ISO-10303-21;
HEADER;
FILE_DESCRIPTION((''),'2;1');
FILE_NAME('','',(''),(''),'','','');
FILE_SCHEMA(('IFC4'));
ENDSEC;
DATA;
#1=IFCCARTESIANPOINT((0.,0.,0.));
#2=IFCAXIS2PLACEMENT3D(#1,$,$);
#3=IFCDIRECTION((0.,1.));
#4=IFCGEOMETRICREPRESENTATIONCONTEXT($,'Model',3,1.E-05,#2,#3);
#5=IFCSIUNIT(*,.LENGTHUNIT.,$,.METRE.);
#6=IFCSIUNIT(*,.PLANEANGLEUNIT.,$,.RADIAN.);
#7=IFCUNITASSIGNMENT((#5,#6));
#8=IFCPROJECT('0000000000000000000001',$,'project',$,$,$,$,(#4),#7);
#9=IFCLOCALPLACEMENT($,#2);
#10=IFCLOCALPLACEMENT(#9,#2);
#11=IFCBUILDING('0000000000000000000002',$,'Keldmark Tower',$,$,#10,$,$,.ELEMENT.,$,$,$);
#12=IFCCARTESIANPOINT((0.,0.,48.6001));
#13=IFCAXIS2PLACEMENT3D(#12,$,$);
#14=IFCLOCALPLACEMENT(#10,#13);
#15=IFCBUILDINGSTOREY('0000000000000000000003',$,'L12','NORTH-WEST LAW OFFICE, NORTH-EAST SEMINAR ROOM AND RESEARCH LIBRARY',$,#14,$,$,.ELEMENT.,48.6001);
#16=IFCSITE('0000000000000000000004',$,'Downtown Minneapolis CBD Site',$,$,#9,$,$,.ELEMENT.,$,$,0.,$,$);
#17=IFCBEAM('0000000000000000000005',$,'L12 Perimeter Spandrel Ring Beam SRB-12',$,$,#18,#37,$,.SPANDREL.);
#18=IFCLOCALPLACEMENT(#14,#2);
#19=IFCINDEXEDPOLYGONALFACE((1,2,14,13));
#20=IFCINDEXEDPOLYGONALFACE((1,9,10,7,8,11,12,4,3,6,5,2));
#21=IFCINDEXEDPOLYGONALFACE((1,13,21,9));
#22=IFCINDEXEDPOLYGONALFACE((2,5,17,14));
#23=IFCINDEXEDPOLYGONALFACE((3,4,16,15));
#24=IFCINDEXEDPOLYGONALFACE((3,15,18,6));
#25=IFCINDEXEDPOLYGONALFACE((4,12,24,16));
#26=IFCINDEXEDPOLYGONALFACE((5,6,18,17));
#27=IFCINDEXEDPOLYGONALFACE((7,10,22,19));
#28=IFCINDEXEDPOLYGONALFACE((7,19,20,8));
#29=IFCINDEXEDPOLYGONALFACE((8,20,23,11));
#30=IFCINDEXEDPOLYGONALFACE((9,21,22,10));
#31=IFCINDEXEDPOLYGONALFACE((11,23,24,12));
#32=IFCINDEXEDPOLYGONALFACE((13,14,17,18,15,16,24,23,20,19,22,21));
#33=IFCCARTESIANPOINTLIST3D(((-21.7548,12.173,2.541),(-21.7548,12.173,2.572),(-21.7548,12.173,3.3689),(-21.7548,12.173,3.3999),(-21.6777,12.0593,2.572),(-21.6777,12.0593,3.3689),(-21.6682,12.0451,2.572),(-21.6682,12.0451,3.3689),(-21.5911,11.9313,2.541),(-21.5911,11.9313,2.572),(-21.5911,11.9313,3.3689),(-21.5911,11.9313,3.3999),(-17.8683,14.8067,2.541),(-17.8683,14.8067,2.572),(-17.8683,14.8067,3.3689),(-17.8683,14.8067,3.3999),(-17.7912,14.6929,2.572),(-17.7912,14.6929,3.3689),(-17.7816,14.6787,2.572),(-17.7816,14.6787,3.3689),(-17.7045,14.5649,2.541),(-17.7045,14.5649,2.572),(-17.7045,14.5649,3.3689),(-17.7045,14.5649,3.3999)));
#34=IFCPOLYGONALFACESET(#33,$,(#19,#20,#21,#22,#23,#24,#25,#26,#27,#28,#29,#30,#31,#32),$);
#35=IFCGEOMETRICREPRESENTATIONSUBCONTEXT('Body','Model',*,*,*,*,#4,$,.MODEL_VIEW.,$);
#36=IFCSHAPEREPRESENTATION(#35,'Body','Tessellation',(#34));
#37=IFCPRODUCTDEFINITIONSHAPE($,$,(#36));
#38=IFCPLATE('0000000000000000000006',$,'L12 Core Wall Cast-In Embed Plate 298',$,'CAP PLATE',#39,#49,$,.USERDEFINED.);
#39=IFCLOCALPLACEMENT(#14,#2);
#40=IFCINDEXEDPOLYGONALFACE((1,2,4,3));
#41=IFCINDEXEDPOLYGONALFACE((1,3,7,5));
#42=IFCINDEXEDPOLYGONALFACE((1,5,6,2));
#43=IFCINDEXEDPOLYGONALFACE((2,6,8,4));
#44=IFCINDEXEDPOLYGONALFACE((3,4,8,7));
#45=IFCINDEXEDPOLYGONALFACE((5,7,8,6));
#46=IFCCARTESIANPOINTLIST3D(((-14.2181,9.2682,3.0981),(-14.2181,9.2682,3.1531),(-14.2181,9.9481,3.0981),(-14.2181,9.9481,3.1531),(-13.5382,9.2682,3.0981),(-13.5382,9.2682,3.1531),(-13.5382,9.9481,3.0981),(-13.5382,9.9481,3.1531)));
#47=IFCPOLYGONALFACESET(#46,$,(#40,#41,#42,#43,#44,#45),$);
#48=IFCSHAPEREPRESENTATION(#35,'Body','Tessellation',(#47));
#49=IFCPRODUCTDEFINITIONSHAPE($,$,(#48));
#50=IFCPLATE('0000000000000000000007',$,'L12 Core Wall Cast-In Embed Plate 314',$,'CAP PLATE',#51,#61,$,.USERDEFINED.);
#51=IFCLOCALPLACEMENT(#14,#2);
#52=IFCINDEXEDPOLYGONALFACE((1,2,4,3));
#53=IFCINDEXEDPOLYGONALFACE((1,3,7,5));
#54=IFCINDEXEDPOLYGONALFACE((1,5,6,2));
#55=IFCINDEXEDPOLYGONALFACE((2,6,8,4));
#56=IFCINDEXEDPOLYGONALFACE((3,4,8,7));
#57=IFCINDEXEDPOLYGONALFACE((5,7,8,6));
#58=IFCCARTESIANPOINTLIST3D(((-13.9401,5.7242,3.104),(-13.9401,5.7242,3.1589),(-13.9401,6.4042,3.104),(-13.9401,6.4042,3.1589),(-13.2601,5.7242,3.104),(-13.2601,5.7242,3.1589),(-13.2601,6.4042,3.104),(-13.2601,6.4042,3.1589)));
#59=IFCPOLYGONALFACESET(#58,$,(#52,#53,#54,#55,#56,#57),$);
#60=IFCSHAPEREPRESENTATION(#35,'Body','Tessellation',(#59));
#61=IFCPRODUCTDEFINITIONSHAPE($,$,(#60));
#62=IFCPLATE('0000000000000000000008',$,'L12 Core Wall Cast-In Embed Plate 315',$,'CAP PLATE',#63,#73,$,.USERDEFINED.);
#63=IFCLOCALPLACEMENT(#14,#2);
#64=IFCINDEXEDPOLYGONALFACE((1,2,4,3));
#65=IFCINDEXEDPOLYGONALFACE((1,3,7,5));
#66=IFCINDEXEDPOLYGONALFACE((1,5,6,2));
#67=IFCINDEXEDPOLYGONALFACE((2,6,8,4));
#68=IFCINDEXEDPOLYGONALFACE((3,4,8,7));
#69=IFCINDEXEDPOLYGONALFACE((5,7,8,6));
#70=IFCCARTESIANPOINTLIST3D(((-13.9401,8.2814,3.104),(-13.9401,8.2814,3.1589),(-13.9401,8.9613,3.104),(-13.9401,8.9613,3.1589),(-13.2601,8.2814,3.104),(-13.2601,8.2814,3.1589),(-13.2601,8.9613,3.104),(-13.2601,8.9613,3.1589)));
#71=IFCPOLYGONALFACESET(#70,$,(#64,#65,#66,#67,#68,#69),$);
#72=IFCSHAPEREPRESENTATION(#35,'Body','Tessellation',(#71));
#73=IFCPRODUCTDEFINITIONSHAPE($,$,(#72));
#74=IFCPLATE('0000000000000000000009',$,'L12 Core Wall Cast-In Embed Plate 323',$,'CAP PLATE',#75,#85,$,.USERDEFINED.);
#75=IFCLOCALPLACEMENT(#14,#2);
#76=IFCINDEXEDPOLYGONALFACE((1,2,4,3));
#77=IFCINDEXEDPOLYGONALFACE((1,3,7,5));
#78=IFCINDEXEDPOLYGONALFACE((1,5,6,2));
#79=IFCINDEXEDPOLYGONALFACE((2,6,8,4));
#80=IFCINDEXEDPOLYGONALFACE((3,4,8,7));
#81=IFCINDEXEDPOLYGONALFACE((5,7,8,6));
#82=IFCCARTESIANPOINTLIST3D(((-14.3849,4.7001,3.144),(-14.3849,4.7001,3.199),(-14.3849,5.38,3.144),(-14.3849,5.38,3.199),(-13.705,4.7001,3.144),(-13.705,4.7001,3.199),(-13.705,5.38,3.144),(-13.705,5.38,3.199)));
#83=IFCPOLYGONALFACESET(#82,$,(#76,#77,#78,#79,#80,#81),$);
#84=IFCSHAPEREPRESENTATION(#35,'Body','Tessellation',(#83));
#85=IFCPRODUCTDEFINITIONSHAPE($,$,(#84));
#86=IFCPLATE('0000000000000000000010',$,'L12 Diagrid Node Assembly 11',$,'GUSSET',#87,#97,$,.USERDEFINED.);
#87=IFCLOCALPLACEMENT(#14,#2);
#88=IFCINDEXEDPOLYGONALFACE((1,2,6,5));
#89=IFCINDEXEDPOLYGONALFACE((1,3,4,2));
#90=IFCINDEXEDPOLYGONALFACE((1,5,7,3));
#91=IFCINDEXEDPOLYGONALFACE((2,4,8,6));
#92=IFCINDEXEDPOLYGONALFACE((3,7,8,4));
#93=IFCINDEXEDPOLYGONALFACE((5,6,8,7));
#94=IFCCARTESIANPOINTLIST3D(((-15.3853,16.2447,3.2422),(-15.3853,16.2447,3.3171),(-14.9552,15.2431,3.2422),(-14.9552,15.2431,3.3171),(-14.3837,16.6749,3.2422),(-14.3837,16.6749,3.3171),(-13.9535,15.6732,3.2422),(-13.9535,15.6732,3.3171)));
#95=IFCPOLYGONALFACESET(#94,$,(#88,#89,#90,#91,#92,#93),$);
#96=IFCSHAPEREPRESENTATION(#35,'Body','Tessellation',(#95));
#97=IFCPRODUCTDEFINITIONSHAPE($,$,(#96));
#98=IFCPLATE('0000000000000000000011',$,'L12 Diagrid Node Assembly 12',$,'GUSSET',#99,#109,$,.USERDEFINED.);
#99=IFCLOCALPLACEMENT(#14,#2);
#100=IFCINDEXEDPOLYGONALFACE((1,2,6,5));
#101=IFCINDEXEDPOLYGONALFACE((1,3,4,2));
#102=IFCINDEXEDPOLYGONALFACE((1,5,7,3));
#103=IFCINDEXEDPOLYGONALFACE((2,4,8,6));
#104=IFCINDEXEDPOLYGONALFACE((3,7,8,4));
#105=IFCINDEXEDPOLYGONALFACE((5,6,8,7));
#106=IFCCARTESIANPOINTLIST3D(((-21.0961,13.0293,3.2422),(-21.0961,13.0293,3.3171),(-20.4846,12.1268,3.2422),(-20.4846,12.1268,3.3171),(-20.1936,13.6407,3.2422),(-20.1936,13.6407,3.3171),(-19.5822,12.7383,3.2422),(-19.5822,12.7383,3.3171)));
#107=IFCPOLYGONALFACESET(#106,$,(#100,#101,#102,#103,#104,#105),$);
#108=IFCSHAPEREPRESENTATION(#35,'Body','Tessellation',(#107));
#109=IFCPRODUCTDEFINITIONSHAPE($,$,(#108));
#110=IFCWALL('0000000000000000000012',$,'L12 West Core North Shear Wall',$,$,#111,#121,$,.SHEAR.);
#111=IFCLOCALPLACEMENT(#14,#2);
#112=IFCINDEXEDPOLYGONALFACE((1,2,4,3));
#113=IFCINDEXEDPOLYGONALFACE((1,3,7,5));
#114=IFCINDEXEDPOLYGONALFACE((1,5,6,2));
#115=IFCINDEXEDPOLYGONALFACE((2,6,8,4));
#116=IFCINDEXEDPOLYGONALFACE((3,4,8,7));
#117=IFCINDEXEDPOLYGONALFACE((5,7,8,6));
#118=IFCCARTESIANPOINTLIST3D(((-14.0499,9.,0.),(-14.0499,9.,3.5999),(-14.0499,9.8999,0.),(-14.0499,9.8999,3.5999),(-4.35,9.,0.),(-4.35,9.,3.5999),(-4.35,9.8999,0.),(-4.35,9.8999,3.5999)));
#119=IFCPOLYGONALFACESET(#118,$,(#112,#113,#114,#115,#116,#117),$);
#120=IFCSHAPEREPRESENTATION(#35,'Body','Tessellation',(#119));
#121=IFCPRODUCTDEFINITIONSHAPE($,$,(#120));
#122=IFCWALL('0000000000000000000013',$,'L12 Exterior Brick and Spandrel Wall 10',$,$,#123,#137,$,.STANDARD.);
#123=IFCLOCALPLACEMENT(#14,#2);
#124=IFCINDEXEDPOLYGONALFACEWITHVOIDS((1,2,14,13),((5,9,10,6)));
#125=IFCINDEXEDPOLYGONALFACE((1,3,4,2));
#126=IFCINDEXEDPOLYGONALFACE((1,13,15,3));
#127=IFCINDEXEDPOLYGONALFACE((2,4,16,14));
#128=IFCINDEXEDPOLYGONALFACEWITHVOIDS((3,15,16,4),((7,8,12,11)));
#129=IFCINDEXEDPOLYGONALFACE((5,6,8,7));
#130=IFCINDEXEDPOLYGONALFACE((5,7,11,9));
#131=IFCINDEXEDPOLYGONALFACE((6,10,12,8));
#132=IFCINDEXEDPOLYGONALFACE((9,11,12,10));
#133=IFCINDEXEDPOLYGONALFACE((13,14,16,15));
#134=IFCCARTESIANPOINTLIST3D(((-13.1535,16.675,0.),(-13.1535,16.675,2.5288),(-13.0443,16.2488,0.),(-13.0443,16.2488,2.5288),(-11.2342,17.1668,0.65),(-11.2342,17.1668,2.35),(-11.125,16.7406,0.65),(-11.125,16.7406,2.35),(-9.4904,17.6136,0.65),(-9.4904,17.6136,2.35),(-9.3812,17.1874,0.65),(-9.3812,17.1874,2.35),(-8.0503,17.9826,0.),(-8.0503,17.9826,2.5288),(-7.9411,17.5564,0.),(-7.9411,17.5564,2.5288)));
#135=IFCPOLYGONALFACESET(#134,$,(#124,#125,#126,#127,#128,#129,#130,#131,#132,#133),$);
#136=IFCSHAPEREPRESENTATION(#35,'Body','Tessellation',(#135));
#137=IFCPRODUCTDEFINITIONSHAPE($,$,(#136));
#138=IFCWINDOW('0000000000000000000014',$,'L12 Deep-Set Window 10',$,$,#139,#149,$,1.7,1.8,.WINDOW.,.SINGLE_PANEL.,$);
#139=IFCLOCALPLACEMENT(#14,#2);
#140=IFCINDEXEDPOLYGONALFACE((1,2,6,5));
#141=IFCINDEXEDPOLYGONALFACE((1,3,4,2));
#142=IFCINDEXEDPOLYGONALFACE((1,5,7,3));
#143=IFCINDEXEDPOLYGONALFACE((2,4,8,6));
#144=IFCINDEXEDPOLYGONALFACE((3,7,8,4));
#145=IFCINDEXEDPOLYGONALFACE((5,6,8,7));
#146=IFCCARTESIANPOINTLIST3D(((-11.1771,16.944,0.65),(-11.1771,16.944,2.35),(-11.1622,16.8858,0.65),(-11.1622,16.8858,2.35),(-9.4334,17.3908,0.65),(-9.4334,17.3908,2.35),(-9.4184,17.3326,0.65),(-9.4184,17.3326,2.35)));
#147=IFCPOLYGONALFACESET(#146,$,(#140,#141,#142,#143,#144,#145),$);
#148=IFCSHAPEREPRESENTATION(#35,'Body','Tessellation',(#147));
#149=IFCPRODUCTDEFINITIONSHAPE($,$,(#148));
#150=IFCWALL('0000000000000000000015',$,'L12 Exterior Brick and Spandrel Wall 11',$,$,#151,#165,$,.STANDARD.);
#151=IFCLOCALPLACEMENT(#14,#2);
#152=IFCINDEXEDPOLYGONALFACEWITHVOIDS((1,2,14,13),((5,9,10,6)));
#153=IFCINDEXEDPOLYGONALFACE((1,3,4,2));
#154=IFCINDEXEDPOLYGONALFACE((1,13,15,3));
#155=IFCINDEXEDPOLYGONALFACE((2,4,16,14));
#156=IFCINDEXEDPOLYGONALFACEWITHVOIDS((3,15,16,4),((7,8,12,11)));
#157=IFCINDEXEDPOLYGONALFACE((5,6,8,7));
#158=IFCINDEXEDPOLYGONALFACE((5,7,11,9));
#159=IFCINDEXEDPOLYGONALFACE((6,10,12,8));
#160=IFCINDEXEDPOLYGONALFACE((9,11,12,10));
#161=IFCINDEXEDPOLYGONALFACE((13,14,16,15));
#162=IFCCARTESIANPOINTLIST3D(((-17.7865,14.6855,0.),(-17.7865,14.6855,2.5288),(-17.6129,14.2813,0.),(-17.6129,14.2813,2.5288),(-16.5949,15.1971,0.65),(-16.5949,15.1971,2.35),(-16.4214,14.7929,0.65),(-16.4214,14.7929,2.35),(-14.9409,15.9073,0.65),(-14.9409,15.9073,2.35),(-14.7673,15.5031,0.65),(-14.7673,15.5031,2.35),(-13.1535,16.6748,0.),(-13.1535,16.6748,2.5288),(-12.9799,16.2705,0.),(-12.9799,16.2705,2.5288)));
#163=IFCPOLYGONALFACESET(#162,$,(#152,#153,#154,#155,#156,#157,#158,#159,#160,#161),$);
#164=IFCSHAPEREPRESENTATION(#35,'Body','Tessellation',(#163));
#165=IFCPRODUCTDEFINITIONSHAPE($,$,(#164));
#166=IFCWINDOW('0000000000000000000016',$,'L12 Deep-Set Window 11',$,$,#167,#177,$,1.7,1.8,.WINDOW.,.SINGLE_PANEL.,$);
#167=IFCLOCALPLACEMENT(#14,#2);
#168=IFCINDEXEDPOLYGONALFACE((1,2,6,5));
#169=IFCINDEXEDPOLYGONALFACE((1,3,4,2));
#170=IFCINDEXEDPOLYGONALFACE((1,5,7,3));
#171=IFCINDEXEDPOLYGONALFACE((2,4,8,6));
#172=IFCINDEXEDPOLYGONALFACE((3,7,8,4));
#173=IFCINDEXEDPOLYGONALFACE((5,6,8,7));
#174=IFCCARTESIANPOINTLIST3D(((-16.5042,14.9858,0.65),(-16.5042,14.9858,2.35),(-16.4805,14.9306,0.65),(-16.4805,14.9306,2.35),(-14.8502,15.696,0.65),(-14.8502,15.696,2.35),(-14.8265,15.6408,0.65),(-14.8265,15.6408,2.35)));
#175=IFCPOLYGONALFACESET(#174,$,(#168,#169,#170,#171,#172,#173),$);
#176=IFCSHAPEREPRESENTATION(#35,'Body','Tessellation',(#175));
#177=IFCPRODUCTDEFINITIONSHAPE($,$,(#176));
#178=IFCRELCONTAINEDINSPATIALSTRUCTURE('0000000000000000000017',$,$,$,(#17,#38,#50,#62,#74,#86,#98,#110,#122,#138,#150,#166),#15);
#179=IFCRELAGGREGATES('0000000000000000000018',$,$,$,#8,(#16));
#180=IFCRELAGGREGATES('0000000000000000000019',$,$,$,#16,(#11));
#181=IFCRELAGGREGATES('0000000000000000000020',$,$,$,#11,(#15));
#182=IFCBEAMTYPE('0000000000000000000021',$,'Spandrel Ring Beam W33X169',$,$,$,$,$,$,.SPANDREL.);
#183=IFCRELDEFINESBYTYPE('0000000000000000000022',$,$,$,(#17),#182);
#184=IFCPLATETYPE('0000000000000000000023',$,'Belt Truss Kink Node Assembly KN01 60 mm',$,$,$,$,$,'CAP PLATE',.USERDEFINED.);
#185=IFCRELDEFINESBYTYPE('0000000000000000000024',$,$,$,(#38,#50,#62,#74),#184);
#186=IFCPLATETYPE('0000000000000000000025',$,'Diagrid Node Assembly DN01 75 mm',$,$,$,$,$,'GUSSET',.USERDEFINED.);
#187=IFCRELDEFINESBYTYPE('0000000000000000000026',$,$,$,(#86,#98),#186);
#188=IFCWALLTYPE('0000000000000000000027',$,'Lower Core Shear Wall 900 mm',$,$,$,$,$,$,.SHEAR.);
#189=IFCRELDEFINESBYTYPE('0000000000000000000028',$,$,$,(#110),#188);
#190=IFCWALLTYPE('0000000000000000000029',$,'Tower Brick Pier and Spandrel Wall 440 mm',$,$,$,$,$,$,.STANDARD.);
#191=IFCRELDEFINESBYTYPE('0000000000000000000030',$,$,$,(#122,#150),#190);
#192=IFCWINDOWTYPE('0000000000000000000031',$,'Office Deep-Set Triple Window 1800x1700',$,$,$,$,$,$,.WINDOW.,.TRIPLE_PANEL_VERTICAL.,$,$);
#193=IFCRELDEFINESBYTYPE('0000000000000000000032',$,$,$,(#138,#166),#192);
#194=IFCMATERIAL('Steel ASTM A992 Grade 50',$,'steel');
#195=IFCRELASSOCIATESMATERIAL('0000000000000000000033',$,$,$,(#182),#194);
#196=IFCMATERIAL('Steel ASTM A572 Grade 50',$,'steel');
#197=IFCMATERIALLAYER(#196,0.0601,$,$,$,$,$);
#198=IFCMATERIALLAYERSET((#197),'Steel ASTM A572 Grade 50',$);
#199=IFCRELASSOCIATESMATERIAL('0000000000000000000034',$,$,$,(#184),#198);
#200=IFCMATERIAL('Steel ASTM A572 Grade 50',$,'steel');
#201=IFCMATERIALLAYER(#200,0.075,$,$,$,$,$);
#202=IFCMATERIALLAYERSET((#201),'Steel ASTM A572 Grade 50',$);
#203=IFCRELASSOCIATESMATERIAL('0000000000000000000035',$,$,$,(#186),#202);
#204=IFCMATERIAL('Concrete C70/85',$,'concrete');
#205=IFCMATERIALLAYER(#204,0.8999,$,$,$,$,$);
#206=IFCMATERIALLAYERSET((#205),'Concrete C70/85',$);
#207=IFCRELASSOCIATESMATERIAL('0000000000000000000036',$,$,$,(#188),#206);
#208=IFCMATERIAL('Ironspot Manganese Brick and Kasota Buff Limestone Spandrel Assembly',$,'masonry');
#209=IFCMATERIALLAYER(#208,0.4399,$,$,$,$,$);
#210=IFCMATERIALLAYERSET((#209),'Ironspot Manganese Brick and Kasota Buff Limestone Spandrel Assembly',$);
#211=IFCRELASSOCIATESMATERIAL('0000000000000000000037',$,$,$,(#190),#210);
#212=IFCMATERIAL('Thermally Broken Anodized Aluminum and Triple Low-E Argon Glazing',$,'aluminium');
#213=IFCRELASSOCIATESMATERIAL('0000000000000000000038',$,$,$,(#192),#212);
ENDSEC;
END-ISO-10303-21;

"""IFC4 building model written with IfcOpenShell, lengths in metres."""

from ifc_helpers import new_model, si_unit, direction, frame, frame_2d, origin, origin_2d, place, context, subcontext, project, spatial, rectangle, i_section, extrude, material, layer, layer_set, material_profile, profile_set, type_object, element, fill, save


model = new_model("IFC4")

# Units and contexts
model_context = context("Model", 3, precision=1e-05, world=origin(), true_north=direction((0.0, 1.0)))
body_context = subcontext(model_context, "Body", "Model", "MODEL_VIEW")
ifc_project = project(units=[si_unit("LENGTHUNIT", "METRE"), si_unit("PLANEANGLEUNIT", "RADIAN")], contexts=[model_context])

# Site, building, storey
site_placement = place(None, origin())
site = spatial("IfcSite", under=ifc_project, at=site_placement, Name="Downtown Minneapolis CBD Site", CompositionType="ELEMENT", RefElevation=0.0)
building_placement = place(site_placement, origin())
building = spatial("IfcBuilding", under=site, at=building_placement, Name="Keldmark Tower", CompositionType="ELEMENT")
storey_placement = place(building_placement, frame((0.0, 0.0, 48.6001)))
storey = spatial("IfcBuildingStorey", under=building, at=storey_placement, Name="L12", Description="NORTH-WEST LAW OFFICE, NORTH-EAST SEMINAR ROOM AND RESEARCH LIBRARY", CompositionType="ELEMENT", Elevation=48.6001)

# Beam
ifc_material_1 = material(Name="Steel ASTM A992 Grade 50", Category="steel")
ifc_material_profile_1 = material_profile(ifc_material_1, i_section(OverallWidth=0.292, OverallDepth=0.8589, WebThickness=0.0171, FlangeThickness=0.031, at=origin_2d()), Name="W33X169")
ifc_profile_set_1 = profile_set([ifc_material_profile_1], Name="Steel ASTM A992 Grade 50")
beam_type_1 = type_object("IfcBeamType", Name="Spandrel Ring Beam W33X169", PredefinedType="SPANDREL", material=ifc_profile_set_1)
beam_1_placement = place(storey_placement, frame((-17.7864, 14.6858, 2.9705), z_axis=(-0.827842, -0.560961, 0.0), x_axis=(0.560961, -0.827842, 0.0)))
element("IfcBeam", 1, at=beam_1_placement, inside=storey, type_object=beam_type_1, Name="L12 Perimeter Spandrel Ring Beam SRB-12", PredefinedType="SPANDREL", context=body_context, shape_type="SweptSolid", body=[
    extrude(i_section(OverallWidth=0.292, OverallDepth=0.8589, WebThickness=0.0171, FlangeThickness=0.031, at=origin_2d()), origin(), (0.0, 0.0, 1.0), 4.6948),
])

# Plates
ifc_material_2 = material(Name="Steel ASTM A572 Grade 50", Category="steel")
ifc_layer_1 = layer(ifc_material_2, 0.0601)
ifc_layer_set_1 = layer_set([ifc_layer_1], Name="Steel ASTM A572 Grade 50")
plate_type_1 = type_object("IfcPlateType", Name="Belt Truss Kink Node Assembly KN01 60 mm", ElementType="CAP PLATE", PredefinedType="USERDEFINED", material=ifc_layer_set_1)
for number, where, z_axis, x_axis, name in (
    (2, (-13.8782, 9.6082, 3.0981), (0.0, 0.0, 1.0), (1.0, 0.0, 0.0), "L12 Core Wall Cast-In Embed Plate 298"),
    (3, (-13.6001, 6.0642, 3.104), (0.0, 0.0, 1.0), (1.0, 0.0, 0.0), "L12 Core Wall Cast-In Embed Plate 314"),
    (4, (-13.6001, 8.6213, 3.104), (0.0, 0.0, 1.0), (1.0, 0.0, 0.0), "L12 Core Wall Cast-In Embed Plate 315"),
    (5, (-14.0449, 5.04, 3.144), (0.0, 0.0, 1.0), (1.0, 0.0, 0.0), "L12 Core Wall Cast-In Embed Plate 323"),
):
    element("IfcPlate", number, at=place(storey_placement, frame(where, z_axis=z_axis, x_axis=x_axis)), inside=storey, type_object=plate_type_1, Name=name, ObjectType="CAP PLATE", PredefinedType="USERDEFINED", context=body_context, shape_type="SweptSolid", body=[
        extrude(rectangle(XDim=0.6799, YDim=0.6799, at=origin_2d()), origin(), (0.0, 0.0, 1.0), 0.0549),
    ])
ifc_material_3 = material(Name="Steel ASTM A572 Grade 50", Category="steel")
ifc_layer_2 = layer(ifc_material_3, 0.075)
ifc_layer_set_2 = layer_set([ifc_layer_2], Name="Steel ASTM A572 Grade 50")
plate_type_2 = type_object("IfcPlateType", Name="Diagrid Node Assembly DN01 75 mm", ElementType="GUSSET", PredefinedType="USERDEFINED", material=ifc_layer_set_2)
for number, where, z_axis, x_axis, name in (
    (6, (-14.6694, 15.959, 3.2422), (0.0, 0.0, 1.0), (-0.91886, -0.394583, 0.0), "L12 Diagrid Node Assembly 11"),
    (7, (-20.3391, 12.8838, 3.2422), (0.0, 0.0, 1.0), (-0.827865, -0.560928, 0.0), "L12 Diagrid Node Assembly 12"),
):
    element("IfcPlate", number, at=place(storey_placement, frame(where, z_axis=z_axis, x_axis=x_axis)), inside=storey, type_object=plate_type_2, Name=name, ObjectType="GUSSET", PredefinedType="USERDEFINED", context=body_context, shape_type="SweptSolid", body=[
        extrude(rectangle(XDim=1.0901, YDim=1.0901, at=origin_2d()), origin(), (0.0, 0.0, 1.0), 0.075),
    ])

# Wall
ifc_material_4 = material(Name="Concrete C70/85", Category="concrete")
ifc_layer_3 = layer(ifc_material_4, 0.8999)
ifc_layer_set_3 = layer_set([ifc_layer_3], Name="Concrete C70/85")
wall_type_1 = type_object("IfcWallType", Name="Lower Core Shear Wall 900 mm", PredefinedType="SHEAR", material=ifc_layer_set_3)
wall_1_placement = place(storey_placement, frame((-14.05, 9.45, 0.0), z_axis=(0.0, 0.0, 1.0), x_axis=(1.0, 0.0, 0.0)))
element("IfcWall", 8, at=wall_1_placement, inside=storey, type_object=wall_type_1, Name="L12 West Core North Shear Wall", PredefinedType="SHEAR", context=body_context, shape_type="SweptSolid", body=[
    extrude(rectangle(XDim=9.7, YDim=0.8999, at=frame_2d((4.8501, 0.0))), origin(), (0.0, 0.0, 1.0), 3.5999),
])

# Walls, openings, windows
ifc_material_5 = material(Name="Ironspot Manganese Brick and Kasota Buff Limestone Spandrel Assembly", Category="masonry")
ifc_layer_4 = layer(ifc_material_5, 0.4399)
ifc_layer_set_4 = layer_set([ifc_layer_4], Name="Ironspot Manganese Brick and Kasota Buff Limestone Spandrel Assembly")
wall_type_2 = type_object("IfcWallType", Name="Tower Brick Pier and Spandrel Wall 440 mm", PredefinedType="STANDARD", material=ifc_layer_set_4)
wall_2_placement = place(storey_placement, frame((-13.0989, 16.4619, 0.0), z_axis=(0.0, 0.0, 1.0), x_axis=(0.968706, 0.248213, 0.0)))
wall_2 = element("IfcWall", 9, at=wall_2_placement, inside=storey, type_object=wall_type_2, Name="L12 Exterior Brick and Spandrel Wall 10", PredefinedType="STANDARD", context=body_context, shape_type="SweptSolid", body=[
    extrude(rectangle(XDim=5.2681, YDim=0.4399, at=frame_2d((2.634, 0.0))), origin(), (0.0, 0.0, 1.0), 2.5288),
])
opening_1_placement = place(wall_2_placement, frame((1.9814, 0.0, 0.6499)))
opening_1 = element("IfcOpeningElement", 10, at=opening_1_placement, cuts=wall_2, PredefinedType="OPENING", context=body_context, shape_type="SweptSolid", body=[
    extrude(rectangle(XDim=1.8, YDim=1.7, at=frame_2d((0.8999, 0.8501))), frame((0.0, 0.23, 0.0), z_axis=(0.0, -1.0, 0.0), x_axis=(1.0, 0.0, 0.0)), (0.0, 0.0, 1.0), 0.46),
])
ifc_material_6 = material(Name="Thermally Broken Anodized Aluminum and Triple Low-E Argon Glazing", Category="aluminium")
window_type = type_object("IfcWindowType", Name="Office Deep-Set Triple Window 1800x1700", PartitioningType="TRIPLE_PANEL_VERTICAL", PredefinedType="WINDOW", material=ifc_material_6)
window_1_placement = place(opening_1_placement, origin())
window_1 = element("IfcWindow", 11, at=window_1_placement, inside=storey, type_object=window_type, Name="L12 Deep-Set Window 10", OverallHeight=1.7, OverallWidth=1.8, PartitioningType="SINGLE_PANEL", PredefinedType="WINDOW", context=body_context, shape_type="SweptSolid", body=[
    extrude(rectangle(XDim=1.8, YDim=1.7, at=frame_2d((0.8999, 0.8501))), frame((0.0, -0.01, 0.0), z_axis=(0.0, -1.0, 0.0), x_axis=(1.0, 0.0, 0.0)), (0.0, 0.0, 1.0), 0.0601),
])
fill(opening_1, window_1)
wall_3_placement = place(storey_placement, frame((-17.6997, 14.4834, 0.0), z_axis=(0.0, 0.0, 1.0), x_axis=(0.918882, 0.394533, 0.0)))
wall_3 = element("IfcWall", 12, at=wall_3_placement, inside=storey, type_object=wall_type_2, Name="L12 Exterior Brick and Spandrel Wall 11", PredefinedType="STANDARD", context=body_context, shape_type="SweptSolid", body=[
    extrude(rectangle(XDim=5.042, YDim=0.4399, at=frame_2d((2.521, 0.0))), origin(), (0.0, 0.0, 1.0), 2.5288),
])
opening_2_placement = place(wall_3_placement, frame((1.2969, 0.0, 0.6499)))
opening_2 = element("IfcOpeningElement", 13, at=opening_2_placement, cuts=wall_3, PredefinedType="OPENING", context=body_context, shape_type="SweptSolid", body=[
    extrude(rectangle(XDim=1.8, YDim=1.7, at=frame_2d((0.8999, 0.8501))), frame((0.0, 0.23, 0.0), z_axis=(0.0, -1.0, 0.0), x_axis=(1.0, 0.0, 0.0)), (0.0, 0.0, 1.0), 0.46),
])
window_2_placement = place(opening_2_placement, origin())
window_2 = element("IfcWindow", 14, at=window_2_placement, inside=storey, type_object=window_type, Name="L12 Deep-Set Window 11", OverallHeight=1.7, OverallWidth=1.8, PartitioningType="SINGLE_PANEL", PredefinedType="WINDOW", context=body_context, shape_type="SweptSolid", body=[
    extrude(rectangle(XDim=1.8, YDim=1.7, at=frame_2d((0.8999, 0.8501))), frame((0.0, -0.01, 0.0), z_axis=(0.0, -1.0, 0.0), x_axis=(1.0, 0.0, 0.0)), (0.0, 0.0, 1.0), 0.0601),
])
fill(opening_2, window_2)

save(model, "model.ifc")
